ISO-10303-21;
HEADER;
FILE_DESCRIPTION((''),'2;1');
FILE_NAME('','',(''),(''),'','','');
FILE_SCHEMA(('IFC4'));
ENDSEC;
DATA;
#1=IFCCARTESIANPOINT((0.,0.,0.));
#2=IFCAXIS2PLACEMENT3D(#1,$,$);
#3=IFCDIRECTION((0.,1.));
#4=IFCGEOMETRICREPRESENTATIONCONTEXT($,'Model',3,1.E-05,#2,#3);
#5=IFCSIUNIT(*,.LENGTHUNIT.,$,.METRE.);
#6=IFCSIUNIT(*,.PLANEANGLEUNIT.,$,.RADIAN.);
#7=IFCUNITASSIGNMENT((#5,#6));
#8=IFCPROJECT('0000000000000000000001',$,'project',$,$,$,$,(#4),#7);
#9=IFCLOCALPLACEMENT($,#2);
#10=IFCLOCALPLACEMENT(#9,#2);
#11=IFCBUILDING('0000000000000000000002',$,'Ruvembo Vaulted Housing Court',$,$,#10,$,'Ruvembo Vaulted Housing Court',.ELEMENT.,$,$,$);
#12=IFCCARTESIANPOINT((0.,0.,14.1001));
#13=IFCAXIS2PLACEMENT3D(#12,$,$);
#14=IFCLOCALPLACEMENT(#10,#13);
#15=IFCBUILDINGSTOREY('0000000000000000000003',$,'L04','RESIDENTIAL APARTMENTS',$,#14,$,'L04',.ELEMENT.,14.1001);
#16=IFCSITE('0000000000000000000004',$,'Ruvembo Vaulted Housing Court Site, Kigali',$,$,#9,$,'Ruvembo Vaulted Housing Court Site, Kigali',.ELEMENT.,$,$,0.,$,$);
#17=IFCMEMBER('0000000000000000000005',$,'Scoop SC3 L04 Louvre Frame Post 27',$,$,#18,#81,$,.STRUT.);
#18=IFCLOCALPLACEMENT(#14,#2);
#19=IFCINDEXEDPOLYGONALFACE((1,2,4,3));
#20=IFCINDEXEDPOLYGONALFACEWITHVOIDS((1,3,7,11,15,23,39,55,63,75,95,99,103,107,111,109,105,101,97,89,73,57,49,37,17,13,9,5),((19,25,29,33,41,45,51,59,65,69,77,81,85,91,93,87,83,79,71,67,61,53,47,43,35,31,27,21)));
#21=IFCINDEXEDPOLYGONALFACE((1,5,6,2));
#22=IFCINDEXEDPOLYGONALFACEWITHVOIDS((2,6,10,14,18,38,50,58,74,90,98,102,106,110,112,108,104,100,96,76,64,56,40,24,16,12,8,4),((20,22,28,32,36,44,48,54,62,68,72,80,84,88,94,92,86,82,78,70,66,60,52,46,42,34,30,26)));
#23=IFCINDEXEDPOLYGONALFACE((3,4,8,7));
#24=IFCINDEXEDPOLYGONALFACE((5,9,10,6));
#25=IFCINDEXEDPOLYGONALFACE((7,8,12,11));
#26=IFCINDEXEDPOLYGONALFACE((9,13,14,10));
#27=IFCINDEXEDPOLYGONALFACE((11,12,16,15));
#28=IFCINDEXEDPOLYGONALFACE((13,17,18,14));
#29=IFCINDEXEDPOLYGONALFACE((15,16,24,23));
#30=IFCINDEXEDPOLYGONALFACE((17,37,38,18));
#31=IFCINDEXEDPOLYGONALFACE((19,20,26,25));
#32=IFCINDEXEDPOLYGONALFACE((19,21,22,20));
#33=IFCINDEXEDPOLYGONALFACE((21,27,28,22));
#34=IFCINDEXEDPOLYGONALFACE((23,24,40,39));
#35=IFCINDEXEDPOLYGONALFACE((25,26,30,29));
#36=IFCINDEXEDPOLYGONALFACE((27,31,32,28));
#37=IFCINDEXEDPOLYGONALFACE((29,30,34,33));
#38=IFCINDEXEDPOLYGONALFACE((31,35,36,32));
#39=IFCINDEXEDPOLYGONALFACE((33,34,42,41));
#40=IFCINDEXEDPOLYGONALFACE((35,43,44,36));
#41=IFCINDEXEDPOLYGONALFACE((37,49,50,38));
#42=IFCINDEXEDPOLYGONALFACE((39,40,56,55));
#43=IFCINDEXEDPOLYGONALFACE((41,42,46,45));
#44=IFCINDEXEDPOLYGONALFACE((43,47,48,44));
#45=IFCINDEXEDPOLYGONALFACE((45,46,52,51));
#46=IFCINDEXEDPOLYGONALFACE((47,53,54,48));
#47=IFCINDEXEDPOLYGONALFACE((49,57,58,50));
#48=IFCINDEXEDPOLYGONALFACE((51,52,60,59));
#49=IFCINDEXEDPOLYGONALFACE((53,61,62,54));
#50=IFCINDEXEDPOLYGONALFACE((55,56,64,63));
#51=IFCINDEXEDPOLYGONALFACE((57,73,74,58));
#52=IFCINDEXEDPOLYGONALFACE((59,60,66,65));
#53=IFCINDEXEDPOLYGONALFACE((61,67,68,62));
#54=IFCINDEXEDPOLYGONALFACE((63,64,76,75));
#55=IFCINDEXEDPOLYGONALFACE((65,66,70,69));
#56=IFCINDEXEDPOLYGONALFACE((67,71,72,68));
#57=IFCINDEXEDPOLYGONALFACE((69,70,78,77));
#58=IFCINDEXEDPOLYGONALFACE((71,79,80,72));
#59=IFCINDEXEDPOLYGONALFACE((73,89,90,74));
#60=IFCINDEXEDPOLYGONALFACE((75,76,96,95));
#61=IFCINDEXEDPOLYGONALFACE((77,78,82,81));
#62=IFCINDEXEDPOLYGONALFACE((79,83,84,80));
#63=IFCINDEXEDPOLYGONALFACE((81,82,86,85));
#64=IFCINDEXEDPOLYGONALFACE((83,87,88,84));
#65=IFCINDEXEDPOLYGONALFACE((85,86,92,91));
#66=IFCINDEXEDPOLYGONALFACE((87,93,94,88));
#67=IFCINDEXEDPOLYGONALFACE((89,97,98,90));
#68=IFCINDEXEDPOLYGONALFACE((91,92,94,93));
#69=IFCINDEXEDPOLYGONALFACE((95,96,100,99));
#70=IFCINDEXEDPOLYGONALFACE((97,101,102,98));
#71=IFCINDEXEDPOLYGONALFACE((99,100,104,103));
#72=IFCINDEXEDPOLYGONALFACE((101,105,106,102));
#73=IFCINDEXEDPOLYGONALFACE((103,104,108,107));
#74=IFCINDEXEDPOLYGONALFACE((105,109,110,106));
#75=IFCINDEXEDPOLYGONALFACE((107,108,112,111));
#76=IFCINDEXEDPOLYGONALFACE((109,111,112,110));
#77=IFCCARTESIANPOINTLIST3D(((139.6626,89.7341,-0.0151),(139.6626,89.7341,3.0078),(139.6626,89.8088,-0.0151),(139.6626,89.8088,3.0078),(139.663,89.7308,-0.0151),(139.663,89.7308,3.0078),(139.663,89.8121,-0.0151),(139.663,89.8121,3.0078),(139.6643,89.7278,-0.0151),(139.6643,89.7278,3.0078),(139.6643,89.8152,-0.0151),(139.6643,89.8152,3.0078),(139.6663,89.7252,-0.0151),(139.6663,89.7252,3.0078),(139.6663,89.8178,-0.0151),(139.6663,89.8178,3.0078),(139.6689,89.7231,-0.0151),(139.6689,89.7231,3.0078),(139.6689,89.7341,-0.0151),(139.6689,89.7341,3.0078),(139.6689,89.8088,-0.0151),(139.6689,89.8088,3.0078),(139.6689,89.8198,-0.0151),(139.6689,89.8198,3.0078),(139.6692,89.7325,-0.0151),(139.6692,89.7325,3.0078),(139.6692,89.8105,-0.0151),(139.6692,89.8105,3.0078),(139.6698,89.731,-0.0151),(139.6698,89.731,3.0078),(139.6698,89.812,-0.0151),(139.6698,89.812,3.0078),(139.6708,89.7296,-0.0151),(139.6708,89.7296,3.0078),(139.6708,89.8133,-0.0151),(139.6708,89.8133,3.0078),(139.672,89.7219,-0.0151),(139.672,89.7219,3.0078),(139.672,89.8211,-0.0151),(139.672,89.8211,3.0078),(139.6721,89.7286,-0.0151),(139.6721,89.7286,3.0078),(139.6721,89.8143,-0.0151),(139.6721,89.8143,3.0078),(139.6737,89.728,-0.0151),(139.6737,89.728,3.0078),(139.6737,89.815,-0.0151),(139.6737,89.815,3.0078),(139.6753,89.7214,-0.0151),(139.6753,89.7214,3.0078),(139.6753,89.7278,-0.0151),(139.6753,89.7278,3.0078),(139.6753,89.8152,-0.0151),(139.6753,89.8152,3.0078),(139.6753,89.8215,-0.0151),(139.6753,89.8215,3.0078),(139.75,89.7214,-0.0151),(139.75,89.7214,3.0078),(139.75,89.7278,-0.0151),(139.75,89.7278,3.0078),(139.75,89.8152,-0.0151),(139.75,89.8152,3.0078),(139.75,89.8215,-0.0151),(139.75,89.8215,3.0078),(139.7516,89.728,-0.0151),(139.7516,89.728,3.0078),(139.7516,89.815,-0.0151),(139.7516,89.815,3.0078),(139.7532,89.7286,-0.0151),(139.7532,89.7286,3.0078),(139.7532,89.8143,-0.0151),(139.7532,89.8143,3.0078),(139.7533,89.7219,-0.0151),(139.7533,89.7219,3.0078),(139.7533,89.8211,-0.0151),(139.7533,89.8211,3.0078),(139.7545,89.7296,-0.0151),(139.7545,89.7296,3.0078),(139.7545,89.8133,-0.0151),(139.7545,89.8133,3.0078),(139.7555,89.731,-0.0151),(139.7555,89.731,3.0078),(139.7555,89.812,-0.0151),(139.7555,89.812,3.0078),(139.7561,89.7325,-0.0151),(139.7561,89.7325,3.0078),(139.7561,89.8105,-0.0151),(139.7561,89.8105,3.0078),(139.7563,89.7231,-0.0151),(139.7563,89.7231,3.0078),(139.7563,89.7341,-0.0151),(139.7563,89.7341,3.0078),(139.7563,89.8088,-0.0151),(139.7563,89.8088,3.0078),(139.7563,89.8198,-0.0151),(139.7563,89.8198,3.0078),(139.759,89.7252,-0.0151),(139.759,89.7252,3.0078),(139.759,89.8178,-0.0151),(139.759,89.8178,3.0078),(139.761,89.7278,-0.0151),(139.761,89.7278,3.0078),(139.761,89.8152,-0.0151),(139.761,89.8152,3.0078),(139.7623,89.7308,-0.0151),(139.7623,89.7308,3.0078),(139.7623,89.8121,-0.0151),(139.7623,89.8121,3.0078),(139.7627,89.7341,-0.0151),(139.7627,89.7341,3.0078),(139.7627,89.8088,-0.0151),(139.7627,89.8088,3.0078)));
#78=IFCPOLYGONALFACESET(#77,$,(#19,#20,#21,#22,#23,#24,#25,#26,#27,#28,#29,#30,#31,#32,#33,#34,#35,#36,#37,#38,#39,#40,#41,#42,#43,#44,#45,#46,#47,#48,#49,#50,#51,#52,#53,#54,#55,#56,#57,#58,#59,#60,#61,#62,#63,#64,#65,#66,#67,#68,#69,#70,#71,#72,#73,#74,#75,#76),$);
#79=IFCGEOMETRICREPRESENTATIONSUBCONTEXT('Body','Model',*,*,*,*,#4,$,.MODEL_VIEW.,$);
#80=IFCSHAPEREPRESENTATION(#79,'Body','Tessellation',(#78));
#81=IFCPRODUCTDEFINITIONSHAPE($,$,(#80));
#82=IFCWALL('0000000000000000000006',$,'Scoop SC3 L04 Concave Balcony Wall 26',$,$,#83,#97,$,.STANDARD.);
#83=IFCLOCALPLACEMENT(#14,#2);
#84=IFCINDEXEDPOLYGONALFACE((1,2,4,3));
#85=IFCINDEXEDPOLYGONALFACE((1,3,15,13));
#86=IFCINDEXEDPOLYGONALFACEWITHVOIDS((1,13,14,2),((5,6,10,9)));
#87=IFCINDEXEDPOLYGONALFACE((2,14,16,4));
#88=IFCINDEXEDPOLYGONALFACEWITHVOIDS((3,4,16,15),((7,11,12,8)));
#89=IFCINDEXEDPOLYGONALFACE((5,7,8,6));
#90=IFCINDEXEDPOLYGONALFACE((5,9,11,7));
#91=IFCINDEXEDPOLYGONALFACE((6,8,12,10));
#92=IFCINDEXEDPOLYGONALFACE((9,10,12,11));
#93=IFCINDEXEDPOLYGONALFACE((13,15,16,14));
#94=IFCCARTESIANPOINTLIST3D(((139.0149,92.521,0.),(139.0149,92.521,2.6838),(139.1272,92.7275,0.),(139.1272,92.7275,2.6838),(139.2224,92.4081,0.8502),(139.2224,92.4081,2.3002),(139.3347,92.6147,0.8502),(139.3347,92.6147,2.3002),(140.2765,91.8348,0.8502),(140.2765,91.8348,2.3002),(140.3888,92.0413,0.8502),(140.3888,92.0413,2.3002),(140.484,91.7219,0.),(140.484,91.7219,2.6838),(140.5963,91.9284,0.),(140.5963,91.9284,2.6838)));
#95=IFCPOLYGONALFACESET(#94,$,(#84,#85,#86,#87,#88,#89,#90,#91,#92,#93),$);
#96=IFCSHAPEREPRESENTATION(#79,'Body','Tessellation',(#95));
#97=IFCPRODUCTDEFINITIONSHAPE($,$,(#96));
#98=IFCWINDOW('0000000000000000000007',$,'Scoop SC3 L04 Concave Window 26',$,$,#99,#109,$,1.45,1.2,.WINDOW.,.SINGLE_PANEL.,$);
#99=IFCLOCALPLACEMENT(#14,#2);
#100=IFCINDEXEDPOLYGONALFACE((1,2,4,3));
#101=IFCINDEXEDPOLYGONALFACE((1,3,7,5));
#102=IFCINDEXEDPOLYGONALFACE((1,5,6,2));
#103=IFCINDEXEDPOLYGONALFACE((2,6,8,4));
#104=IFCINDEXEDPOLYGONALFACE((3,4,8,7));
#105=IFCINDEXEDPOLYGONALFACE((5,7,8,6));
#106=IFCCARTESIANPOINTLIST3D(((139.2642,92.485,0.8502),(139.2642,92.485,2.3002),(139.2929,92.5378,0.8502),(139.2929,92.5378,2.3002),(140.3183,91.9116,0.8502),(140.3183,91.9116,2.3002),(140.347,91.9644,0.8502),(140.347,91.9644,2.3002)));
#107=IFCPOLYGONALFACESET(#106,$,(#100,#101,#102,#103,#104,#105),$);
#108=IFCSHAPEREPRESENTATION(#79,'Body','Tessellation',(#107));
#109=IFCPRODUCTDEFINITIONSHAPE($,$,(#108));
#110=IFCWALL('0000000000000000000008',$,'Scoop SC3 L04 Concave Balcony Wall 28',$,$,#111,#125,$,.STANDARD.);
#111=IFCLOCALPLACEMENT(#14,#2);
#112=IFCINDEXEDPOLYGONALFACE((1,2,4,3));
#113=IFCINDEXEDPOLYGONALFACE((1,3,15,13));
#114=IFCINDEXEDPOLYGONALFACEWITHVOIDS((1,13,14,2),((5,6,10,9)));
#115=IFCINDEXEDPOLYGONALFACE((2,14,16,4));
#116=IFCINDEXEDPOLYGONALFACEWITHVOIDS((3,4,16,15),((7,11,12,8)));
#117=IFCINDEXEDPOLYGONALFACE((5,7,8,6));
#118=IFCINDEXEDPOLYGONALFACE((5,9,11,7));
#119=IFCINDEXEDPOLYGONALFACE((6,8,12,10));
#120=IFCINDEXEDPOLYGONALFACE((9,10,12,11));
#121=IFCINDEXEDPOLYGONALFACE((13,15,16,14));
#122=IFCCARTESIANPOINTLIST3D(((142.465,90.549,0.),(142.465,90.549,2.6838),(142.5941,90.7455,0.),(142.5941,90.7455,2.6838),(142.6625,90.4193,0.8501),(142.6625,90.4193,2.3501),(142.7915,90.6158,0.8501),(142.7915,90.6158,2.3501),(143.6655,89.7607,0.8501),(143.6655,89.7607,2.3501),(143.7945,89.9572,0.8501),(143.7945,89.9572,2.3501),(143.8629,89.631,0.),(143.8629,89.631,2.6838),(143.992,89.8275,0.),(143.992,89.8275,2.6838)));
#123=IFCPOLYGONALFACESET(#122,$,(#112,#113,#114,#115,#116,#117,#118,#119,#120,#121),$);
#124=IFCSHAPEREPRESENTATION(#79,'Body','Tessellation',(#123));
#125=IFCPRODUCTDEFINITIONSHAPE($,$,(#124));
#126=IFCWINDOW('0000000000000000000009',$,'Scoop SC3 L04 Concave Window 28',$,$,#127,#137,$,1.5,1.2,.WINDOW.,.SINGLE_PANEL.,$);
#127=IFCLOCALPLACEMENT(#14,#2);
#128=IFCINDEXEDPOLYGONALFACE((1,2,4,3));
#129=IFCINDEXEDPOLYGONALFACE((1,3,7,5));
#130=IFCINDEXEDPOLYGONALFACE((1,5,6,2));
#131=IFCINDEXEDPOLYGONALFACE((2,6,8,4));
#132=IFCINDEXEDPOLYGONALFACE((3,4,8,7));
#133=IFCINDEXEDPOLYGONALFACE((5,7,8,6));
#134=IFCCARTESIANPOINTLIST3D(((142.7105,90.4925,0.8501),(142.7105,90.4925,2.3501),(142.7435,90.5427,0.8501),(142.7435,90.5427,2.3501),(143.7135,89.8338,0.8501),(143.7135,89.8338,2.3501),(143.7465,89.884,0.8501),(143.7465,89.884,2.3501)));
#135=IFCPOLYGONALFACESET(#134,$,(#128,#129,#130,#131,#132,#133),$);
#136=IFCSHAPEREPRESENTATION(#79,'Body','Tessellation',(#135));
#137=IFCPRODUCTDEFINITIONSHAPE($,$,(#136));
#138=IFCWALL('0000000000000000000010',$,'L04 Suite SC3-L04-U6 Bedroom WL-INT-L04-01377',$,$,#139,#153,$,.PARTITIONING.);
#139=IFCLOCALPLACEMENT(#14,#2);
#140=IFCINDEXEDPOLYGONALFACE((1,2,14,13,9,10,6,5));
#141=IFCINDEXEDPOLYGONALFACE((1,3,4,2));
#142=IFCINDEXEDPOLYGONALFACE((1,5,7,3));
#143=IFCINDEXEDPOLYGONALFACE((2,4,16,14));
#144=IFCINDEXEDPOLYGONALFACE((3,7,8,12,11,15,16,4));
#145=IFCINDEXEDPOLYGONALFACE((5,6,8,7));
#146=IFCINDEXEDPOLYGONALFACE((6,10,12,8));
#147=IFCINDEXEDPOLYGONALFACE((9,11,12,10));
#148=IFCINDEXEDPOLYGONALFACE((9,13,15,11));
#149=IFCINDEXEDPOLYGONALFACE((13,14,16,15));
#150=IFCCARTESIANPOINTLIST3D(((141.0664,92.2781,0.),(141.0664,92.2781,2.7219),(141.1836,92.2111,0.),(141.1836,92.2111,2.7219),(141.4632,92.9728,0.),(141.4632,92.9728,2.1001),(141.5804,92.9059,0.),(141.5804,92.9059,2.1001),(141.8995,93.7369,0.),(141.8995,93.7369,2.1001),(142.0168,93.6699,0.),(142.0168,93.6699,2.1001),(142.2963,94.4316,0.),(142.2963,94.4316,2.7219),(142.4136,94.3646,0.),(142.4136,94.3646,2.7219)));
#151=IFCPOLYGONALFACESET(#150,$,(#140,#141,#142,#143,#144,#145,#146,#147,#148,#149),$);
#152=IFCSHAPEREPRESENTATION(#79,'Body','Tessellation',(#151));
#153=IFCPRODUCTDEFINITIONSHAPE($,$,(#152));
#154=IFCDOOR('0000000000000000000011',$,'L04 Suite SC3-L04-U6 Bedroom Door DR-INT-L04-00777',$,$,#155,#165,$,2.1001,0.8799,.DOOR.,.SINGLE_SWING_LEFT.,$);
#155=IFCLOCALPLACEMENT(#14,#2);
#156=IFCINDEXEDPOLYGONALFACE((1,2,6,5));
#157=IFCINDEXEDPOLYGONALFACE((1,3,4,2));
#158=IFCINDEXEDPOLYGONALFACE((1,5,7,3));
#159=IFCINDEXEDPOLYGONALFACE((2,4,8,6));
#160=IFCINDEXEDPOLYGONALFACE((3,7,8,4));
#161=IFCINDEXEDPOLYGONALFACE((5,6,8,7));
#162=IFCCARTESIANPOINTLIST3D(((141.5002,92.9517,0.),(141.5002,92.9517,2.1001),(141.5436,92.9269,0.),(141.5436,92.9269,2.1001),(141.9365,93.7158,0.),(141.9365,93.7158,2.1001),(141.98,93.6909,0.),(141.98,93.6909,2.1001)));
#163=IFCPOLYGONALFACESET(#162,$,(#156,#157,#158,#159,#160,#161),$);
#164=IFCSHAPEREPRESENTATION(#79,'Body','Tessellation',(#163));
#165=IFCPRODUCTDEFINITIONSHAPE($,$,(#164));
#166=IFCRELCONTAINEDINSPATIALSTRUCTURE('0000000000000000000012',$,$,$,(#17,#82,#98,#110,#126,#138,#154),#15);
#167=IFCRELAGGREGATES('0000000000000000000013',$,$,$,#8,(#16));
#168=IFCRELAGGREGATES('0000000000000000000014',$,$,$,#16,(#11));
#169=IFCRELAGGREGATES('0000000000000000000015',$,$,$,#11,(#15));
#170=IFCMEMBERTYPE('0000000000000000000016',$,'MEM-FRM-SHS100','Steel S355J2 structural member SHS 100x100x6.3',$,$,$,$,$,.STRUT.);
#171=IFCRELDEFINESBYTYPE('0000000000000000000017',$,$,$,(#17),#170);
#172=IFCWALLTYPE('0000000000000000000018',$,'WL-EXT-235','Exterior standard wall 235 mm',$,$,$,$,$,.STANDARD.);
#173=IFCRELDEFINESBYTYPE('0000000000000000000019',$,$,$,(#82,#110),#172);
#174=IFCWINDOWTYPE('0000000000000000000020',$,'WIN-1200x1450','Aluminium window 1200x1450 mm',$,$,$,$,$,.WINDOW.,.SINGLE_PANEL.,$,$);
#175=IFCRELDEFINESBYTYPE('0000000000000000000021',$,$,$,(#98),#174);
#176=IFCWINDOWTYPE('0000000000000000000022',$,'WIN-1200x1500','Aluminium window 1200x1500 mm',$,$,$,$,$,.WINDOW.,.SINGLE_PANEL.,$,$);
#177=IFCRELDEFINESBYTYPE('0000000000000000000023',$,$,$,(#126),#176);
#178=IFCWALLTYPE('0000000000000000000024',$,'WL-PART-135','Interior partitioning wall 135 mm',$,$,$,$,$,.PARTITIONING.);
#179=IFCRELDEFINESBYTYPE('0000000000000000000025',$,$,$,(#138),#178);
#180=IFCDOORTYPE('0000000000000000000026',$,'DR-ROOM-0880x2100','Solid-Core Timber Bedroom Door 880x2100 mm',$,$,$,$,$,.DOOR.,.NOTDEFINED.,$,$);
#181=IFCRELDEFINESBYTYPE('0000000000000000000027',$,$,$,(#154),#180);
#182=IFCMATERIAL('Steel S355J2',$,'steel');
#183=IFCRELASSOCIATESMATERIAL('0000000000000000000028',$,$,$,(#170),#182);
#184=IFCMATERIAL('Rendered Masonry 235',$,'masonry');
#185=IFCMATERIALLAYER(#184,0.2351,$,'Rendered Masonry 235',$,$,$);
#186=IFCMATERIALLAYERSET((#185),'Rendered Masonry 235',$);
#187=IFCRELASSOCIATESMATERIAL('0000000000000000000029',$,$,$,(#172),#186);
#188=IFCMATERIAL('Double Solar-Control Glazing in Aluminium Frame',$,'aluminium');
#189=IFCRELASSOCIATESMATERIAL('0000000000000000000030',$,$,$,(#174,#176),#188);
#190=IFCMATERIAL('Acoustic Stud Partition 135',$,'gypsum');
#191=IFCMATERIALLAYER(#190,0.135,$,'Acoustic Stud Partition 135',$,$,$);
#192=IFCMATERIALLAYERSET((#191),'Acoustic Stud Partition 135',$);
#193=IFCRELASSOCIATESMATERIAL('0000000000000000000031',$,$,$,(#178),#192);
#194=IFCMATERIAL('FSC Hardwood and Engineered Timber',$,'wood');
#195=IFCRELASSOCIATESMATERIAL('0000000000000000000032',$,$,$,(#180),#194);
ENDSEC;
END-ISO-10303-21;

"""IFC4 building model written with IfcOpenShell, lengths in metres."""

from ifc_helpers import new_model, si_unit, direction, frame, frame_2d, origin, origin_2d, place, context, subcontext, project, spatial, rectangle, hollow_rectangle, extrude, material, layer, layer_set, material_profile, profile_set, type_object, element, fill, save


model = new_model("IFC4")

# Units and contexts
model_context = context("Model", 3, precision=1e-05, world=origin(), true_north=direction((0.0, 1.0)))
body_context = subcontext(model_context, "Body", "Model", "MODEL_VIEW")
ifc_project = project(units=[si_unit("LENGTHUNIT", "METRE"), si_unit("PLANEANGLEUNIT", "RADIAN")], contexts=[model_context])

# Site, building, storey
site_placement = place(None, origin())
site = spatial("IfcSite", under=ifc_project, at=site_placement, Name="Ruvembo Vaulted Housing Court Site, Kigali", LongName="Ruvembo Vaulted Housing Court Site, Kigali", CompositionType="ELEMENT", RefElevation=0.0)
building_placement = place(site_placement, origin())
building = spatial("IfcBuilding", under=site, at=building_placement, Name="Ruvembo Vaulted Housing Court", LongName="Ruvembo Vaulted Housing Court", CompositionType="ELEMENT")
storey_placement = place(building_placement, frame((0.0, 0.0, 14.1001)))
storey = spatial("IfcBuildingStorey", under=building, at=storey_placement, Name="L04", Description="RESIDENTIAL APARTMENTS", LongName="L04", CompositionType="ELEMENT", Elevation=14.1001)

# Shared definitions
ifc_material_1 = material(Name="Steel S355J2", Category="steel")

# Member
ifc_material_profile_1 = material_profile(ifc_material_1, hollow_rectangle(XDim=0.1001, YDim=0.1001, WallThickness=0.0063, InnerFilletRadius=0.0063, OuterFilletRadius=0.0127, at=origin_2d()), Name="SHS 100x100x6.3")
ifc_profile_set_1 = profile_set([ifc_material_profile_1], Name="Steel S355J2")
member_type_1 = type_object("IfcMemberType", Name="MEM-FRM-SHS100", Description="Steel S355J2 structural member SHS 100x100x6.3", PredefinedType="STRUT", material=ifc_profile_set_1)
member_1_placement = place(storey_placement, frame((139.7126, 89.7715, -0.0151), z_axis=(0.0, 0.0, 1.0), x_axis=(1.0, 0.0, 0.0)))
element("IfcMember", 1, at=member_1_placement, inside=storey, type_object=member_type_1, Name="Scoop SC3 L04 Louvre Frame Post 27", PredefinedType="STRUT", context=body_context, shape_type="SweptSolid", body=[
    extrude(hollow_rectangle(XDim=0.1001, YDim=0.1001, WallThickness=0.0063, InnerFilletRadius=0.0063, OuterFilletRadius=0.0127, at=origin_2d()), origin(), (0.0, 0.0, 1.0), 3.0229),
])

# Shared definitions
ifc_material_2 = material(Name="FSC Hardwood and Engineered Timber", Category="wood")

# Wall, opening, window
ifc_material_3 = material(Name="Rendered Masonry 235", Category="masonry")
ifc_layer_1 = layer(ifc_material_3, 0.2351, Name="Rendered Masonry 235")
ifc_layer_set_1 = layer_set([ifc_layer_1], Name="Rendered Masonry 235")
wall_type_1 = type_object("IfcWallType", Name="WL-EXT-235", Description="Exterior standard wall 235 mm", PredefinedType="STANDARD", material=ifc_layer_set_1)
wall_1_placement = place(storey_placement, frame((139.071, 92.6243, 0.0), z_axis=(0.0, 0.0, 1.0), x_axis=(0.878447, -0.477839, 0.0)))
wall_1 = element("IfcWall", 2, at=wall_1_placement, inside=storey, type_object=wall_type_1, Name="Scoop SC3 L04 Concave Balcony Wall 26", PredefinedType="STANDARD", context=body_context, shape_type="SweptSolid", body=[
    extrude(rectangle(XDim=1.6724, YDim=0.2351, at=frame_2d((0.8362, 0.0))), origin(), (0.0, 0.0, 1.0), 2.6838),
])
opening_1_placement = place(wall_1_placement, frame((0.2361, 0.0, 0.8501)))
opening_1 = element("IfcOpeningElement", 3, at=opening_1_placement, cuts=wall_1, PredefinedType="OPENING", context=body_context, shape_type="SweptSolid", body=[
    extrude(rectangle(XDim=1.2, YDim=1.45, at=frame_2d((0.6001, 0.7251))), frame((0.0, 0.1274, 0.0), z_axis=(0.0, -1.0, 0.0), x_axis=(1.0, 0.0, 0.0)), (0.0, 0.0, 1.0), 0.2551),
])
ifc_material_4 = material(Name="Double Solar-Control Glazing in Aluminium Frame", Category="aluminium")
window_type_1 = type_object("IfcWindowType", Name="WIN-1200x1450", Description="Aluminium window 1200x1450 mm", PartitioningType="SINGLE_PANEL", PredefinedType="WINDOW", material=ifc_material_4)
window_1_placement = place(opening_1_placement, origin())
window_1 = element("IfcWindow", 4, at=window_1_placement, inside=storey, type_object=window_type_1, Name="Scoop SC3 L04 Concave Window 26", OverallHeight=1.45, OverallWidth=1.2, PartitioningType="SINGLE_PANEL", PredefinedType="WINDOW", context=body_context, shape_type="SweptSolid", body=[
    extrude(rectangle(XDim=1.2, YDim=1.45, at=frame_2d((0.6001, 0.7251))), frame((0.0, 0.03, 0.0), z_axis=(0.0, -1.0, 0.0), x_axis=(1.0, 0.0, 0.0)), (0.0, 0.0, 1.0), 0.0601),
])
fill(opening_1, window_1)

# Wall, opening, window
wall_2_placement = place(storey_placement, frame((142.5295, 90.6472, 0.0), z_axis=(0.0, 0.0, 1.0), x_axis=(0.835893, -0.548892, 0.0)))
wall_2 = element("IfcWall", 5, at=wall_2_placement, inside=storey, type_object=wall_type_1, Name="Scoop SC3 L04 Concave Balcony Wall 28", PredefinedType="STANDARD", context=body_context, shape_type="SweptSolid", body=[
    extrude(rectangle(XDim=1.6724, YDim=0.2351, at=frame_2d((0.8362, 0.0))), origin(), (0.0, 0.0, 1.0), 2.6838),
])
opening_2_placement = place(wall_2_placement, frame((0.2361, 0.0, 0.8501)))
opening_2 = element("IfcOpeningElement", 6, at=opening_2_placement, cuts=wall_2, PredefinedType="OPENING", context=body_context, shape_type="SweptSolid", body=[
    extrude(rectangle(XDim=1.2, YDim=1.5, at=frame_2d((0.6001, 0.75))), frame((0.0, 0.1274, 0.0), z_axis=(0.0, -1.0, 0.0), x_axis=(1.0, 0.0, 0.0)), (0.0, 0.0, 1.0), 0.2551),
])
window_type_2 = type_object("IfcWindowType", Name="WIN-1200x1500", Description="Aluminium window 1200x1500 mm", PartitioningType="SINGLE_PANEL", PredefinedType="WINDOW", material=ifc_material_4)
window_2_placement = place(opening_2_placement, origin())
window_2 = element("IfcWindow", 7, at=window_2_placement, inside=storey, type_object=window_type_2, Name="Scoop SC3 L04 Concave Window 28", OverallHeight=1.5, OverallWidth=1.2, PartitioningType="SINGLE_PANEL", PredefinedType="WINDOW", context=body_context, shape_type="SweptSolid", body=[
    extrude(rectangle(XDim=1.2, YDim=1.5, at=frame_2d((0.6001, 0.75))), frame((0.0, 0.03, 0.0), z_axis=(0.0, -1.0, 0.0), x_axis=(1.0, 0.0, 0.0)), (0.0, 0.0, 1.0), 0.0601),
])
fill(opening_2, window_2)

# Wall, opening, door
ifc_material_5 = material(Name="Acoustic Stud Partition 135", Category="gypsum")
ifc_layer_2 = layer(ifc_material_5, 0.135, Name="Acoustic Stud Partition 135")
ifc_layer_set_2 = layer_set([ifc_layer_2], Name="Acoustic Stud Partition 135")
wall_type_2 = type_object("IfcWallType", Name="WL-PART-135", Description="Interior partitioning wall 135 mm", PredefinedType="PARTITIONING", material=ifc_layer_set_2)
wall_3_placement = place(storey_placement, frame((141.125, 92.2446, 0.0), z_axis=(0.0, 0.0, 1.0), x_axis=(0.495948, 0.868352, 0.0)))
wall_3 = element("IfcWall", 8, at=wall_3_placement, inside=storey, type_object=wall_type_2, Name="L04 Suite SC3-L04-U6 Bedroom WL-INT-L04-01377", PredefinedType="PARTITIONING", context=body_context, shape_type="SweptSolid", body=[
    extrude(rectangle(XDim=2.48, YDim=0.135, at=frame_2d((1.24, 0.0))), origin(), (0.0, 0.0, 1.0), 2.7219),
])
opening_3_placement = place(wall_3_placement, frame((0.8, 0.0, 0.0)))
opening_3 = element("IfcOpeningElement", 9, at=opening_3_placement, cuts=wall_3, PredefinedType="OPENING", context=body_context, shape_type="SweptSolid", body=[
    extrude(rectangle(XDim=0.8799, YDim=2.1001, at=frame_2d((0.4399, 1.05))), frame((0.0, 0.0774, 0.0), z_axis=(0.0, -1.0, 0.0), x_axis=(1.0, 0.0, 0.0)), (0.0, 0.0, 1.0), 0.155),
])
door_type_1 = type_object("IfcDoorType", Name="DR-ROOM-0880x2100", Description="Solid-Core Timber Bedroom Door 880x2100 mm", OperationType="NOTDEFINED", PredefinedType="DOOR", material=ifc_material_2)
door_1_placement = place(opening_3_placement, origin())
door_1 = element("IfcDoor", 10, at=door_1_placement, inside=storey, type_object=door_type_1, Name="L04 Suite SC3-L04-U6 Bedroom Door DR-INT-L04-00777", OperationType="SINGLE_SWING_LEFT", OverallHeight=2.1001, OverallWidth=0.8799, PredefinedType="DOOR", context=body_context, shape_type="SweptSolid", body=[
    extrude(rectangle(XDim=0.8799, YDim=2.1001, at=frame_2d((0.4399, 1.05))), frame((0.0, 0.0249, 0.0), z_axis=(0.0, -1.0, 0.0), x_axis=(1.0, 0.0, 0.0)), (0.0, 0.0, 1.0), 0.05),
])
fill(opening_3, door_1)

save(model, "model.ifc")
